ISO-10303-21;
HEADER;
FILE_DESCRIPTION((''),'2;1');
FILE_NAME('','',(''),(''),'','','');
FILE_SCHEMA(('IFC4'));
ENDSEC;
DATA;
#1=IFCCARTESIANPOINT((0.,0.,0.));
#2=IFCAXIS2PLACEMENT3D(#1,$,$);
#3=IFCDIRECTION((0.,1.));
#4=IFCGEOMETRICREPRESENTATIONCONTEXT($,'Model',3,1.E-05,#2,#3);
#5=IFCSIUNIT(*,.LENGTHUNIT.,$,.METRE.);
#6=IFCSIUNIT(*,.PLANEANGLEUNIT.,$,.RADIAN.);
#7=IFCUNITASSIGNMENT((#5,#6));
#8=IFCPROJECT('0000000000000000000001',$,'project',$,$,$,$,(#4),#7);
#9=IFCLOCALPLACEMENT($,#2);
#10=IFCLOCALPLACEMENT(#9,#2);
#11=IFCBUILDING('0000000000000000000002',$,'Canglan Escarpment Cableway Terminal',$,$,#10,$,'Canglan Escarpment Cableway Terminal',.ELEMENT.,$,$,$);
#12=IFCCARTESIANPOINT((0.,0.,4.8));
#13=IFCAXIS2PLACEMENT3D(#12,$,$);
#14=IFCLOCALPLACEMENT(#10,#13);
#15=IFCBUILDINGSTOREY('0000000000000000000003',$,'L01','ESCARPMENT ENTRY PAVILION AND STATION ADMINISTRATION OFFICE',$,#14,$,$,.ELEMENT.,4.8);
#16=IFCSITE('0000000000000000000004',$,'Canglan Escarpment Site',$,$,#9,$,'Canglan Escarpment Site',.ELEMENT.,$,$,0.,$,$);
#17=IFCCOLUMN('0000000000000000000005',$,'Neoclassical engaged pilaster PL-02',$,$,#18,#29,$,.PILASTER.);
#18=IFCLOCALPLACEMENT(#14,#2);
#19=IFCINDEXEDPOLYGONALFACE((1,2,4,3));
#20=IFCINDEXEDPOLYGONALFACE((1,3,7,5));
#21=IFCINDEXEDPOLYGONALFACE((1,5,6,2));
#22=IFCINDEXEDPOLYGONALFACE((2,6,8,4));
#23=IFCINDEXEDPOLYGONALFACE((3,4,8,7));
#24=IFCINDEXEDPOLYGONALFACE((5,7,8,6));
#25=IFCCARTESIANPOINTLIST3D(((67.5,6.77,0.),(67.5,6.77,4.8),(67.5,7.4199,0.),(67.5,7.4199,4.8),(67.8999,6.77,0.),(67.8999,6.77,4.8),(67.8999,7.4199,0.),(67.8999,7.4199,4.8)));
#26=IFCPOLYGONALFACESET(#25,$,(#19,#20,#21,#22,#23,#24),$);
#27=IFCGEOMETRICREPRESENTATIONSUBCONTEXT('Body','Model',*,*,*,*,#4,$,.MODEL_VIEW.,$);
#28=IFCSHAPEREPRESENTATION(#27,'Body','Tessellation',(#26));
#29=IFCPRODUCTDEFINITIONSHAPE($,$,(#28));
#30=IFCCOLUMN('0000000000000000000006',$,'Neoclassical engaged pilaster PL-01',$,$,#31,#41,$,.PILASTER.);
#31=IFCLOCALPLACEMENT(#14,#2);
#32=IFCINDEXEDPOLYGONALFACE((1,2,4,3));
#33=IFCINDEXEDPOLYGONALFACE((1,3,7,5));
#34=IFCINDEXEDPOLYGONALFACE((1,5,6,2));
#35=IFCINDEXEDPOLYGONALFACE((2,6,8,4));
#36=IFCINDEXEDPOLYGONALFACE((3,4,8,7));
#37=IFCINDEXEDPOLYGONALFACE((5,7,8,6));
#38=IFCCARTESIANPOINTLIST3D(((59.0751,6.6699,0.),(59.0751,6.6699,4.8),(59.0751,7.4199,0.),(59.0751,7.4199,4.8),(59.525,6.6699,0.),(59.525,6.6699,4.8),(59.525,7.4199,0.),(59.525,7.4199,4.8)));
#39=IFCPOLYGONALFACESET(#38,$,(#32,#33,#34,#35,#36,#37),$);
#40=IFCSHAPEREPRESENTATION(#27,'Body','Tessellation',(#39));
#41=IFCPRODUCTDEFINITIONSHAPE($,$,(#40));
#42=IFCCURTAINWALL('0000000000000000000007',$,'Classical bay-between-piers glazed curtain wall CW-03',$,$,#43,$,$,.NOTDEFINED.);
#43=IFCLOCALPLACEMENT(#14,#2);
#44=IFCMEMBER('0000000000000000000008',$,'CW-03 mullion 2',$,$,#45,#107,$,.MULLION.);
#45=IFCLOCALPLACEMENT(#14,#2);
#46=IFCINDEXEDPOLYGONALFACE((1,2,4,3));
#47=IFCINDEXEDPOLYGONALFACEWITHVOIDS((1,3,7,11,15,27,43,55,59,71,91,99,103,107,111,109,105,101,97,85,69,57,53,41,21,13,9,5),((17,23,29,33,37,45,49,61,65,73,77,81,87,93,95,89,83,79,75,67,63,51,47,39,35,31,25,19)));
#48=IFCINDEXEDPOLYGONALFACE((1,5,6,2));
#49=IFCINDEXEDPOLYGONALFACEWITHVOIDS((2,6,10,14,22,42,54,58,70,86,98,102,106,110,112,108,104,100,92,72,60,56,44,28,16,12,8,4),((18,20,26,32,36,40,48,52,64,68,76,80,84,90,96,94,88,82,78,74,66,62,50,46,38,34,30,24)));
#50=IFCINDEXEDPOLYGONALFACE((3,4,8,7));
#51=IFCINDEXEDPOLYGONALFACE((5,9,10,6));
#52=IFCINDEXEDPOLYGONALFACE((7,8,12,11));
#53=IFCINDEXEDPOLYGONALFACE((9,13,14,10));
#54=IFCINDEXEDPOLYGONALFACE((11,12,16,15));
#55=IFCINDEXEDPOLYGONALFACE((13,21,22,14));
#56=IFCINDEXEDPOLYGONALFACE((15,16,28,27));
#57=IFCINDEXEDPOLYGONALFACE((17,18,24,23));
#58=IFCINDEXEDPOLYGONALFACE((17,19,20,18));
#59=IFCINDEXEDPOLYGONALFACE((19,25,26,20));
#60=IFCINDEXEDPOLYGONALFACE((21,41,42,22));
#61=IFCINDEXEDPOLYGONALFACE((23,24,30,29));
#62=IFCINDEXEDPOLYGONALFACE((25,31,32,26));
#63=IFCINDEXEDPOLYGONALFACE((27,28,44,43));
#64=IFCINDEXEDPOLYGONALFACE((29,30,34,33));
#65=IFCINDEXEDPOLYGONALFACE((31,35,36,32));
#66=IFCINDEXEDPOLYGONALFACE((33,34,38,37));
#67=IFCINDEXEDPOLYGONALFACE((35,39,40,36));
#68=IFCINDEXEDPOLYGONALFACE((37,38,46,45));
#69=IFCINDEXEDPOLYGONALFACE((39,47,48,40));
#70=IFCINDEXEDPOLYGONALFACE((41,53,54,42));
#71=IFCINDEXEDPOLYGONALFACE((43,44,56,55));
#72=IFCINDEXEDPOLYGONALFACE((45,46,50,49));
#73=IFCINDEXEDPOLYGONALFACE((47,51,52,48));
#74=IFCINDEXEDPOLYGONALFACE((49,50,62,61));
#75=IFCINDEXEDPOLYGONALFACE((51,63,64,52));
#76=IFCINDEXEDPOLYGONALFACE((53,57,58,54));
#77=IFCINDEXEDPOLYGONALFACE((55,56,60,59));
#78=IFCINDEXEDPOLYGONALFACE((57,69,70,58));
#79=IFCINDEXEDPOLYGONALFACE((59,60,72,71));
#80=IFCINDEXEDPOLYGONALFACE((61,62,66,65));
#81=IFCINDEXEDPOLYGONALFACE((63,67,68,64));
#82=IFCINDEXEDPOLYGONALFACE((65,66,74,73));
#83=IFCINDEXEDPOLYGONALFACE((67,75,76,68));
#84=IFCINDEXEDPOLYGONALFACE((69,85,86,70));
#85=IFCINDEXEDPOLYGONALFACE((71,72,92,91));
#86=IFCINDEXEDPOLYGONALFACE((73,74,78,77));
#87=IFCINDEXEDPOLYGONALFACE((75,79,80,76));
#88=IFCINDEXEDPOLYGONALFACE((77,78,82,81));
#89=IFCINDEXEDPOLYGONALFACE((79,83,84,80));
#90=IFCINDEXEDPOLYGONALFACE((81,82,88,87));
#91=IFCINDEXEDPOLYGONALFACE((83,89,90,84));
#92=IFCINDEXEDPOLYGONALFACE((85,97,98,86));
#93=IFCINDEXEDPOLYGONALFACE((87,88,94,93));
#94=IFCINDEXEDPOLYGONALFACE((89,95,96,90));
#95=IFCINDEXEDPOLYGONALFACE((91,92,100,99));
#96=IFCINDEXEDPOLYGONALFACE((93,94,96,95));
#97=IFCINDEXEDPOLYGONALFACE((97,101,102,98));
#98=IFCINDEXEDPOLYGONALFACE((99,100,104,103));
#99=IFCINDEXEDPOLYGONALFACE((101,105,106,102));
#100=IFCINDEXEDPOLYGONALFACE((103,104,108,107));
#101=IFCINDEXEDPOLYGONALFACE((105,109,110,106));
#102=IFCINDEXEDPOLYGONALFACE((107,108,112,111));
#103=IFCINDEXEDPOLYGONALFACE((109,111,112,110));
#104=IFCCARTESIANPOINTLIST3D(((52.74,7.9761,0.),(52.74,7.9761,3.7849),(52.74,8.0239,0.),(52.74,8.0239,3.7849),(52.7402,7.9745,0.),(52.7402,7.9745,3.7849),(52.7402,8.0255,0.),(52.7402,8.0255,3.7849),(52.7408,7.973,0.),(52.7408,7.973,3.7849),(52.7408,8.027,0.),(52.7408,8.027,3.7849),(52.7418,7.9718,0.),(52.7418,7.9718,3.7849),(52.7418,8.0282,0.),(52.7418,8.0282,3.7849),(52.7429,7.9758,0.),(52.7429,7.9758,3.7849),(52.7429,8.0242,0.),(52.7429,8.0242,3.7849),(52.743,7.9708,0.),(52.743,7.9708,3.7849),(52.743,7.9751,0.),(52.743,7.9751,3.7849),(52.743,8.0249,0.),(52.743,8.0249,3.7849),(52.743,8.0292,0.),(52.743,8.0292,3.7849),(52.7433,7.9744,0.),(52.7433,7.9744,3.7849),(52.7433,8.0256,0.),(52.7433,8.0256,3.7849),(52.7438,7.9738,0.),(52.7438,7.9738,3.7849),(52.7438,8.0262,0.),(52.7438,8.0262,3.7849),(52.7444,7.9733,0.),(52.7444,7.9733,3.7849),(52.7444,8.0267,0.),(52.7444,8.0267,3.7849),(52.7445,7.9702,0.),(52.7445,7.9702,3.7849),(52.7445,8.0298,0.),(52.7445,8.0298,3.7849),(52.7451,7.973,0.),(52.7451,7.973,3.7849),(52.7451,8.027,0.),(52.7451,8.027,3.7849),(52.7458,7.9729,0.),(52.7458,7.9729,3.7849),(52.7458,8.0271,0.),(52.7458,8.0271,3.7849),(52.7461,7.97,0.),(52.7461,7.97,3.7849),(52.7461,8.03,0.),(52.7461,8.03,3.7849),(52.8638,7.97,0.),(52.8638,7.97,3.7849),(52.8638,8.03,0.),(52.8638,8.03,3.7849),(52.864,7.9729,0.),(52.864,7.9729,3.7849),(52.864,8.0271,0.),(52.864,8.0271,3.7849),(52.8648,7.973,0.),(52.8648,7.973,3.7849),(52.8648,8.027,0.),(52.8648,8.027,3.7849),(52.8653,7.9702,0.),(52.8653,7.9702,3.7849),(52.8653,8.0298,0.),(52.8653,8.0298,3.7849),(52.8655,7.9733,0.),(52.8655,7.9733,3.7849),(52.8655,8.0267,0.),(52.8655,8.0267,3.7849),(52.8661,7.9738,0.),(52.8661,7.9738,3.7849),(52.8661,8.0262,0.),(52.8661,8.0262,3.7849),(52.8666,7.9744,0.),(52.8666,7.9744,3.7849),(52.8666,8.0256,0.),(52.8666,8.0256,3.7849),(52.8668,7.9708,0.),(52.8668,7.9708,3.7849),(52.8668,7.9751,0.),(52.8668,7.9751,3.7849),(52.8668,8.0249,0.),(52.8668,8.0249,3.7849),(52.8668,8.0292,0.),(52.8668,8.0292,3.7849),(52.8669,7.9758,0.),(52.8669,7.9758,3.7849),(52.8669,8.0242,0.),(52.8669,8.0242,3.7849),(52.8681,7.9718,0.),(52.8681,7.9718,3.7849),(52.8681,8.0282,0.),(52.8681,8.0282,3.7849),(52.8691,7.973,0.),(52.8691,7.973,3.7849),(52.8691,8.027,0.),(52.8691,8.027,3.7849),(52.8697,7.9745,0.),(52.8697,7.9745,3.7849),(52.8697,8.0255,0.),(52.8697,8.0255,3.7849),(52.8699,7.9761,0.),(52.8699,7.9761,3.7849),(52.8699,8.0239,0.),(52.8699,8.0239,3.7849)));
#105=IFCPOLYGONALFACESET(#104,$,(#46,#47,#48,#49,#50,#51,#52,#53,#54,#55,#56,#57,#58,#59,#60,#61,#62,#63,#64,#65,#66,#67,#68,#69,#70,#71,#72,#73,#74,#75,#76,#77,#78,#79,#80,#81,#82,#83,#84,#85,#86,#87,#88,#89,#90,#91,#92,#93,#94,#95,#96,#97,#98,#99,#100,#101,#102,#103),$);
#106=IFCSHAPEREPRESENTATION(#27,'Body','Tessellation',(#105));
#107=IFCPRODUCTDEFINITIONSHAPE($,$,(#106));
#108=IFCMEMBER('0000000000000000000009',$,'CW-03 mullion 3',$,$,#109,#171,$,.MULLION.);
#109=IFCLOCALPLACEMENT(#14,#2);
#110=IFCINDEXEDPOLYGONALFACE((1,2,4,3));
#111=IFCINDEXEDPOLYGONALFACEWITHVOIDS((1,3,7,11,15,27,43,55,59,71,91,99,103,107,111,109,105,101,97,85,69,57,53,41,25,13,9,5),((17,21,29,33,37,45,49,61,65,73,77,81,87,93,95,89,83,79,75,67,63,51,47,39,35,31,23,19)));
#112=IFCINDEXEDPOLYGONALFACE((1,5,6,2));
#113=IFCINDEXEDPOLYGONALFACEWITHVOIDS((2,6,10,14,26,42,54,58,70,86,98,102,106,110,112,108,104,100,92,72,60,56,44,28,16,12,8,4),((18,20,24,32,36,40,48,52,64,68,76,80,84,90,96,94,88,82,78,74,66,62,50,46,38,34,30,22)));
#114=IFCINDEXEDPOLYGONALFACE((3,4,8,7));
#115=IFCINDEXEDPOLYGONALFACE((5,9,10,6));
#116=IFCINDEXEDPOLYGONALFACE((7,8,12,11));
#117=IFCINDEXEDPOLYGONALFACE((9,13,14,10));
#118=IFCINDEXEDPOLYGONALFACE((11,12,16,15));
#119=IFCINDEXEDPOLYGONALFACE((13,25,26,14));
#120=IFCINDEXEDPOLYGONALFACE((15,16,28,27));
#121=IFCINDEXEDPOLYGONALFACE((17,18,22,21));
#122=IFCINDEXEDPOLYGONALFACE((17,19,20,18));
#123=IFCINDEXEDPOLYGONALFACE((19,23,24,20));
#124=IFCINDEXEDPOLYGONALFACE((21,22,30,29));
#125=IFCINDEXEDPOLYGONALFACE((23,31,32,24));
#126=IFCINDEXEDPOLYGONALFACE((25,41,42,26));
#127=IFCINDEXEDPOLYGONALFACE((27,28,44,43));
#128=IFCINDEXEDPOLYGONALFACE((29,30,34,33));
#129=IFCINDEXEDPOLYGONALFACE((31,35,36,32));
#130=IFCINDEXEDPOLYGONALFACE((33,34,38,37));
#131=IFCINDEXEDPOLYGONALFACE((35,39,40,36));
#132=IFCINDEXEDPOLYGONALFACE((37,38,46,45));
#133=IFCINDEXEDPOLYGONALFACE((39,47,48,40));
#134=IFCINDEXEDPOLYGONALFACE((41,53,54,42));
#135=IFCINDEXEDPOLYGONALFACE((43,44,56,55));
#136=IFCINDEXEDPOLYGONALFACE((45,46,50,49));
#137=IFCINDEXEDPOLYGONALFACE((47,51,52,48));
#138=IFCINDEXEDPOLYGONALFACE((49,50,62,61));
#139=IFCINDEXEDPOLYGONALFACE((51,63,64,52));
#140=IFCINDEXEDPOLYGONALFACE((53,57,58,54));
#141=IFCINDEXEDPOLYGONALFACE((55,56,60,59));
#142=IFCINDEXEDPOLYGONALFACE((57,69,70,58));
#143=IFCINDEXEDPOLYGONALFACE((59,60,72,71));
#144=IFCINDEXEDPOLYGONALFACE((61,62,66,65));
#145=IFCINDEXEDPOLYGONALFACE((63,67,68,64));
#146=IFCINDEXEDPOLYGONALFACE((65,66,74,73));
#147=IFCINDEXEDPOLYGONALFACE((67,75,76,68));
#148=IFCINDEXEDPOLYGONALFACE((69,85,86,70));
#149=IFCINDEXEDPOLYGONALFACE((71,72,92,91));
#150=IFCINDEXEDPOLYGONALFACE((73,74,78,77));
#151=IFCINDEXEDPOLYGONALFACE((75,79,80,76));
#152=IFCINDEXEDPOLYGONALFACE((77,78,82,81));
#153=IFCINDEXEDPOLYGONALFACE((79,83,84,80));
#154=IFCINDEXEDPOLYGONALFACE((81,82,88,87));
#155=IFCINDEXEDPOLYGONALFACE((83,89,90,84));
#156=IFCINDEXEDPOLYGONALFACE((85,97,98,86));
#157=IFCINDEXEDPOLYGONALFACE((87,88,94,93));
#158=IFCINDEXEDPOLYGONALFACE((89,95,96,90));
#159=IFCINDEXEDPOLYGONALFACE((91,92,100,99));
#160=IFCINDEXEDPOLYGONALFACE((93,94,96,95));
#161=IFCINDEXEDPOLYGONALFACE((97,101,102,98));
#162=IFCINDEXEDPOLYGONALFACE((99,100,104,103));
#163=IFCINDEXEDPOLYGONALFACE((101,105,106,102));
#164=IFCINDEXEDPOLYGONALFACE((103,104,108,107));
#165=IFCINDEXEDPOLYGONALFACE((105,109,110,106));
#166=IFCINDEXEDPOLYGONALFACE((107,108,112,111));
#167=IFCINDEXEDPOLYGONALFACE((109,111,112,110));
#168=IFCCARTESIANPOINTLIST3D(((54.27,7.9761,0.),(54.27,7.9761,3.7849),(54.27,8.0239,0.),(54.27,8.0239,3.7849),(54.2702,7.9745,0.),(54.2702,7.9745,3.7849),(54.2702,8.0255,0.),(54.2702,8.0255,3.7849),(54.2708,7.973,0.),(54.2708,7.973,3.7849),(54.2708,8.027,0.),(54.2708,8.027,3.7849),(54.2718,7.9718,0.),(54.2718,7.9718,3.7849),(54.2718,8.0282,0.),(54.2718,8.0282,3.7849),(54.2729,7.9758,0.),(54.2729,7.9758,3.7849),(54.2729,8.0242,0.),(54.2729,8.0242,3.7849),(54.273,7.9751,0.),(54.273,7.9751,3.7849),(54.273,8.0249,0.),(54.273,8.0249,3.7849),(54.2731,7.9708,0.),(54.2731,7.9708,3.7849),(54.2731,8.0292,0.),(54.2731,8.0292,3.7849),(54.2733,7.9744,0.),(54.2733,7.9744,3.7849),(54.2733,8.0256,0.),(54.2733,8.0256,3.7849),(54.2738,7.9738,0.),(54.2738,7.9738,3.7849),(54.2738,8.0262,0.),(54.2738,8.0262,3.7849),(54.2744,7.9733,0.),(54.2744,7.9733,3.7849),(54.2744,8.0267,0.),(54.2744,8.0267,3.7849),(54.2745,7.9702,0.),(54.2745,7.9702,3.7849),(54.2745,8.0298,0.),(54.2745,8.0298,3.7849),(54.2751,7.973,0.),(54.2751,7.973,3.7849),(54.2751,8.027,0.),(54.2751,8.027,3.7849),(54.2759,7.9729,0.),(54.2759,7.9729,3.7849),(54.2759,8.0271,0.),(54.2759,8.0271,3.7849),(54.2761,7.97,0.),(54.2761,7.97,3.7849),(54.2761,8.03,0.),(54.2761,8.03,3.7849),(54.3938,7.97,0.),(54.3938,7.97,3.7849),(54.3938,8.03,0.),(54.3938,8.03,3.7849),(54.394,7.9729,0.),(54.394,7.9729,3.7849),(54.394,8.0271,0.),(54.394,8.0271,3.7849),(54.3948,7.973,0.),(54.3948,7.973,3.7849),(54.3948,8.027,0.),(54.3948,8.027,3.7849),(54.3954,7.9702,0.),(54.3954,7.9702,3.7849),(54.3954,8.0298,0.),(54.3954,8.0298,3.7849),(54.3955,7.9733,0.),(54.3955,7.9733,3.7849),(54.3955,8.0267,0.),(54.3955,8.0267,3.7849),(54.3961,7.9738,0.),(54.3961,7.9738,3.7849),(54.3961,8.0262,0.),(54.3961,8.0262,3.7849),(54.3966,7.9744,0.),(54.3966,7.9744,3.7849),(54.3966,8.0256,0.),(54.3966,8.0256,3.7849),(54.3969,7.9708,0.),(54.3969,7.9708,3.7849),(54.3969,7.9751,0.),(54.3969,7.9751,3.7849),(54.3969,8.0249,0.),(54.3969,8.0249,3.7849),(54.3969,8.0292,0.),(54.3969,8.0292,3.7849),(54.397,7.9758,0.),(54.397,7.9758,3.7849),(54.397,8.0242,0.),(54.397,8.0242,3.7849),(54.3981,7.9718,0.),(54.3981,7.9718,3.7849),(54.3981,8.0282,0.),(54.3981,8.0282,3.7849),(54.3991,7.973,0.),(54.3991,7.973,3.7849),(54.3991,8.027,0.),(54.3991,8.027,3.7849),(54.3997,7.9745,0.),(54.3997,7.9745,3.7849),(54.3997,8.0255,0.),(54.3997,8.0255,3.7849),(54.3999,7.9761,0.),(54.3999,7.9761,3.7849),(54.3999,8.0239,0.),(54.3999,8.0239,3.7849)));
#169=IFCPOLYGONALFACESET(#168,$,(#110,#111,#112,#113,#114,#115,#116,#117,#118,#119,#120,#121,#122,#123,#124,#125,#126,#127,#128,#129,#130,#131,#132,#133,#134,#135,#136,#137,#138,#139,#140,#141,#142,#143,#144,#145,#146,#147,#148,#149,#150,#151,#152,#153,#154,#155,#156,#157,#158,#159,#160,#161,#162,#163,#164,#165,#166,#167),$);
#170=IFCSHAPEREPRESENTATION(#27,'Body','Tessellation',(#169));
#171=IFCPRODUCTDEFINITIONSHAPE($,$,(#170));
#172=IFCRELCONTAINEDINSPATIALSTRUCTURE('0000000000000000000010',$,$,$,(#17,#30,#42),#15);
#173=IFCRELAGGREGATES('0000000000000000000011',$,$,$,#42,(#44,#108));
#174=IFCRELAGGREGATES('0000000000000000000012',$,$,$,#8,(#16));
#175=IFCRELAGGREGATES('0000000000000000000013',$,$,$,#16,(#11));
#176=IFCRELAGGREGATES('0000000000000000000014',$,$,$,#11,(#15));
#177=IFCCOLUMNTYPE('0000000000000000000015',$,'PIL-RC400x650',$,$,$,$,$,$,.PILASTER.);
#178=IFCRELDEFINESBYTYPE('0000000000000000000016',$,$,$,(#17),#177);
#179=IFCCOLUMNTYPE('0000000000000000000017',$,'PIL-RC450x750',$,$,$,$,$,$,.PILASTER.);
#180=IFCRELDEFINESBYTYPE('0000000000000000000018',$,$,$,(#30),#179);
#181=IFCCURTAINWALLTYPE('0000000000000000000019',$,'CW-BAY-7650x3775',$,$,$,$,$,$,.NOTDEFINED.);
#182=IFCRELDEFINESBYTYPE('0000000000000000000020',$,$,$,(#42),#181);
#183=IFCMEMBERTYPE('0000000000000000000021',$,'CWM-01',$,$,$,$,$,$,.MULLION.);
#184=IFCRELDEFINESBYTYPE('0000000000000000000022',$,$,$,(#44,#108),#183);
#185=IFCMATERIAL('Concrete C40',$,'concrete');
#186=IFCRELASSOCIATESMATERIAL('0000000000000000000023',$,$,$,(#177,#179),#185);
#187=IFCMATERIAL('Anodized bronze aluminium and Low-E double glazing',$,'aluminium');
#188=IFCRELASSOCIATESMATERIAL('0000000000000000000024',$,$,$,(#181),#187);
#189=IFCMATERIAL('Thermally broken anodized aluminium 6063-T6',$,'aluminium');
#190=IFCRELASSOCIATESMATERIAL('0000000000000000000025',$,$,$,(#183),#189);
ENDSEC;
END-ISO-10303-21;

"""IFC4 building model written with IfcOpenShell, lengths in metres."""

from ifc_helpers import new_model, si_unit, direction, frame, origin, origin_2d, place, context, subcontext, project, spatial, rectangle, hollow_rectangle, extrude, material, material_profile, profile_set, type_object, element, aggregate, save


model = new_model("IFC4")

# Units and contexts
model_context = context("Model", 3, precision=1e-05, world=origin(), true_north=direction((0.0, 1.0)))
body_context = subcontext(model_context, "Body", "Model", "MODEL_VIEW")
ifc_project = project(units=[si_unit("LENGTHUNIT", "METRE"), si_unit("PLANEANGLEUNIT", "RADIAN")], contexts=[model_context])

# Site, building, storey
site_placement = place(None, origin())
site = spatial("IfcSite", under=ifc_project, at=site_placement, Name="Canglan Escarpment Site", LongName="Canglan Escarpment Site", CompositionType="ELEMENT", RefElevation=0.0)
building_placement = place(site_placement, origin())
building = spatial("IfcBuilding", under=site, at=building_placement, Name="Canglan Escarpment Cableway Terminal", LongName="Canglan Escarpment Cableway Terminal", CompositionType="ELEMENT")
storey_placement = place(building_placement, frame((0.0, 0.0, 4.8)))
storey = spatial("IfcBuildingStorey", under=building, at=storey_placement, Name="L01", Description="ESCARPMENT ENTRY PAVILION AND STATION ADMINISTRATION OFFICE", CompositionType="ELEMENT", Elevation=4.8)

# Columns
ifc_material_1 = material(Name="Concrete C40", Category="concrete")
ifc_material_profile_1 = material_profile(ifc_material_1, rectangle(XDim=0.3999, YDim=0.6499, at=origin_2d()), Name="RC-PIL 400x650")
ifc_profile_set_1 = profile_set([ifc_material_profile_1], Name="Concrete C40")
column_type_1 = type_object("IfcColumnType", Name="PIL-RC400x650", PredefinedType="PILASTER", material=ifc_profile_set_1)
column_1_placement = place(storey_placement, frame((67.7, 7.095, 0.0), z_axis=(0.0, 0.0, 1.0), x_axis=(1.0, 0.0, 0.0)))
element("IfcColumn", 1, at=column_1_placement, inside=storey, type_object=column_type_1, Name="Neoclassical engaged pilaster PL-02", PredefinedType="PILASTER", context=body_context, shape_type="SweptSolid", body=[
    extrude(rectangle(XDim=0.3999, YDim=0.6499, at=origin_2d()), origin(), (0.0, 0.0, 1.0), 4.8),
])
ifc_material_profile_2 = material_profile(ifc_material_1, rectangle(XDim=0.45, YDim=0.75, at=origin_2d()), Name="RC-PIL 450x750")
ifc_profile_set_2 = profile_set([ifc_material_profile_2], Name="Concrete C40")
column_type_2 = type_object("IfcColumnType", Name="PIL-RC450x750", PredefinedType="PILASTER", material=ifc_profile_set_2)
column_2_placement = place(storey_placement, frame((59.3, 7.0449, 0.0), z_axis=(0.0, 0.0, 1.0), x_axis=(1.0, 0.0, 0.0)))
element("IfcColumn", 2, at=column_2_placement, inside=storey, type_object=column_type_2, Name="Neoclassical engaged pilaster PL-01", PredefinedType="PILASTER", context=body_context, shape_type="SweptSolid", body=[
    extrude(rectangle(XDim=0.45, YDim=0.75, at=origin_2d()), origin(), (0.0, 0.0, 1.0), 4.8),
])

# Curtain wall, members
ifc_material_2 = material(Name="Anodized bronze aluminium and Low-E double glazing", Category="aluminium")
curtain_wall_type = type_object("IfcCurtainWallType", Name="CW-BAY-7650x3775", PredefinedType="NOTDEFINED", material=ifc_material_2)
curtain_wall_placement = place(storey_placement, origin())
curtain_wall = element("IfcCurtainWall", 3, at=curtain_wall_placement, inside=storey, type_object=curtain_wall_type, Name="Classical bay-between-piers glazed curtain wall CW-03", PredefinedType="NOTDEFINED")
ifc_material_3 = material(Name="Thermally broken anodized aluminium 6063-T6", Category="aluminium")
ifc_material_profile_3 = material_profile(ifc_material_3, hollow_rectangle(XDim=0.0601, YDim=0.1299, WallThickness=0.0029, InnerFilletRadius=0.0029, OuterFilletRadius=0.0061, at=origin_2d()), Name="ALU-MULL 60x130x3")
ifc_profile_set_3 = profile_set([ifc_material_profile_3], Name="Thermally broken anodized aluminium 6063-T6")
member_type_1 = type_object("IfcMemberType", Name="CWM-01", PredefinedType="MULLION", material=ifc_profile_set_3)
member_1_placement = place(storey_placement, frame((52.8049, 8.0, 0.0), z_axis=(0.0, 0.0, 1.0), x_axis=(0.0, 1.0, 0.0)))
member_1 = element("IfcMember", 4, at=member_1_placement, type_object=member_type_1, Name="CW-03 mullion 2", PredefinedType="MULLION", context=body_context, shape_type="SweptSolid", body=[
    extrude(hollow_rectangle(XDim=0.0601, YDim=0.1299, WallThickness=0.0029, InnerFilletRadius=0.0029, OuterFilletRadius=0.0061, at=origin_2d()), origin(), (0.0, 0.0, 1.0), 3.7849),
])
member_2_placement = place(storey_placement, frame((54.335, 8.0, 0.0), z_axis=(0.0, 0.0, 1.0), x_axis=(0.0, 1.0, 0.0)))
member_2 = element("IfcMember", 5, at=member_2_placement, type_object=member_type_1, Name="CW-03 mullion 3", PredefinedType="MULLION", context=body_context, shape_type="SweptSolid", body=[
    extrude(hollow_rectangle(XDim=0.0601, YDim=0.1299, WallThickness=0.0029, InnerFilletRadius=0.0029, OuterFilletRadius=0.0061, at=origin_2d()), origin(), (0.0, 0.0, 1.0), 3.7849),
])
aggregate(curtain_wall, [member_1, member_2])

save(model, "model.ifc")
